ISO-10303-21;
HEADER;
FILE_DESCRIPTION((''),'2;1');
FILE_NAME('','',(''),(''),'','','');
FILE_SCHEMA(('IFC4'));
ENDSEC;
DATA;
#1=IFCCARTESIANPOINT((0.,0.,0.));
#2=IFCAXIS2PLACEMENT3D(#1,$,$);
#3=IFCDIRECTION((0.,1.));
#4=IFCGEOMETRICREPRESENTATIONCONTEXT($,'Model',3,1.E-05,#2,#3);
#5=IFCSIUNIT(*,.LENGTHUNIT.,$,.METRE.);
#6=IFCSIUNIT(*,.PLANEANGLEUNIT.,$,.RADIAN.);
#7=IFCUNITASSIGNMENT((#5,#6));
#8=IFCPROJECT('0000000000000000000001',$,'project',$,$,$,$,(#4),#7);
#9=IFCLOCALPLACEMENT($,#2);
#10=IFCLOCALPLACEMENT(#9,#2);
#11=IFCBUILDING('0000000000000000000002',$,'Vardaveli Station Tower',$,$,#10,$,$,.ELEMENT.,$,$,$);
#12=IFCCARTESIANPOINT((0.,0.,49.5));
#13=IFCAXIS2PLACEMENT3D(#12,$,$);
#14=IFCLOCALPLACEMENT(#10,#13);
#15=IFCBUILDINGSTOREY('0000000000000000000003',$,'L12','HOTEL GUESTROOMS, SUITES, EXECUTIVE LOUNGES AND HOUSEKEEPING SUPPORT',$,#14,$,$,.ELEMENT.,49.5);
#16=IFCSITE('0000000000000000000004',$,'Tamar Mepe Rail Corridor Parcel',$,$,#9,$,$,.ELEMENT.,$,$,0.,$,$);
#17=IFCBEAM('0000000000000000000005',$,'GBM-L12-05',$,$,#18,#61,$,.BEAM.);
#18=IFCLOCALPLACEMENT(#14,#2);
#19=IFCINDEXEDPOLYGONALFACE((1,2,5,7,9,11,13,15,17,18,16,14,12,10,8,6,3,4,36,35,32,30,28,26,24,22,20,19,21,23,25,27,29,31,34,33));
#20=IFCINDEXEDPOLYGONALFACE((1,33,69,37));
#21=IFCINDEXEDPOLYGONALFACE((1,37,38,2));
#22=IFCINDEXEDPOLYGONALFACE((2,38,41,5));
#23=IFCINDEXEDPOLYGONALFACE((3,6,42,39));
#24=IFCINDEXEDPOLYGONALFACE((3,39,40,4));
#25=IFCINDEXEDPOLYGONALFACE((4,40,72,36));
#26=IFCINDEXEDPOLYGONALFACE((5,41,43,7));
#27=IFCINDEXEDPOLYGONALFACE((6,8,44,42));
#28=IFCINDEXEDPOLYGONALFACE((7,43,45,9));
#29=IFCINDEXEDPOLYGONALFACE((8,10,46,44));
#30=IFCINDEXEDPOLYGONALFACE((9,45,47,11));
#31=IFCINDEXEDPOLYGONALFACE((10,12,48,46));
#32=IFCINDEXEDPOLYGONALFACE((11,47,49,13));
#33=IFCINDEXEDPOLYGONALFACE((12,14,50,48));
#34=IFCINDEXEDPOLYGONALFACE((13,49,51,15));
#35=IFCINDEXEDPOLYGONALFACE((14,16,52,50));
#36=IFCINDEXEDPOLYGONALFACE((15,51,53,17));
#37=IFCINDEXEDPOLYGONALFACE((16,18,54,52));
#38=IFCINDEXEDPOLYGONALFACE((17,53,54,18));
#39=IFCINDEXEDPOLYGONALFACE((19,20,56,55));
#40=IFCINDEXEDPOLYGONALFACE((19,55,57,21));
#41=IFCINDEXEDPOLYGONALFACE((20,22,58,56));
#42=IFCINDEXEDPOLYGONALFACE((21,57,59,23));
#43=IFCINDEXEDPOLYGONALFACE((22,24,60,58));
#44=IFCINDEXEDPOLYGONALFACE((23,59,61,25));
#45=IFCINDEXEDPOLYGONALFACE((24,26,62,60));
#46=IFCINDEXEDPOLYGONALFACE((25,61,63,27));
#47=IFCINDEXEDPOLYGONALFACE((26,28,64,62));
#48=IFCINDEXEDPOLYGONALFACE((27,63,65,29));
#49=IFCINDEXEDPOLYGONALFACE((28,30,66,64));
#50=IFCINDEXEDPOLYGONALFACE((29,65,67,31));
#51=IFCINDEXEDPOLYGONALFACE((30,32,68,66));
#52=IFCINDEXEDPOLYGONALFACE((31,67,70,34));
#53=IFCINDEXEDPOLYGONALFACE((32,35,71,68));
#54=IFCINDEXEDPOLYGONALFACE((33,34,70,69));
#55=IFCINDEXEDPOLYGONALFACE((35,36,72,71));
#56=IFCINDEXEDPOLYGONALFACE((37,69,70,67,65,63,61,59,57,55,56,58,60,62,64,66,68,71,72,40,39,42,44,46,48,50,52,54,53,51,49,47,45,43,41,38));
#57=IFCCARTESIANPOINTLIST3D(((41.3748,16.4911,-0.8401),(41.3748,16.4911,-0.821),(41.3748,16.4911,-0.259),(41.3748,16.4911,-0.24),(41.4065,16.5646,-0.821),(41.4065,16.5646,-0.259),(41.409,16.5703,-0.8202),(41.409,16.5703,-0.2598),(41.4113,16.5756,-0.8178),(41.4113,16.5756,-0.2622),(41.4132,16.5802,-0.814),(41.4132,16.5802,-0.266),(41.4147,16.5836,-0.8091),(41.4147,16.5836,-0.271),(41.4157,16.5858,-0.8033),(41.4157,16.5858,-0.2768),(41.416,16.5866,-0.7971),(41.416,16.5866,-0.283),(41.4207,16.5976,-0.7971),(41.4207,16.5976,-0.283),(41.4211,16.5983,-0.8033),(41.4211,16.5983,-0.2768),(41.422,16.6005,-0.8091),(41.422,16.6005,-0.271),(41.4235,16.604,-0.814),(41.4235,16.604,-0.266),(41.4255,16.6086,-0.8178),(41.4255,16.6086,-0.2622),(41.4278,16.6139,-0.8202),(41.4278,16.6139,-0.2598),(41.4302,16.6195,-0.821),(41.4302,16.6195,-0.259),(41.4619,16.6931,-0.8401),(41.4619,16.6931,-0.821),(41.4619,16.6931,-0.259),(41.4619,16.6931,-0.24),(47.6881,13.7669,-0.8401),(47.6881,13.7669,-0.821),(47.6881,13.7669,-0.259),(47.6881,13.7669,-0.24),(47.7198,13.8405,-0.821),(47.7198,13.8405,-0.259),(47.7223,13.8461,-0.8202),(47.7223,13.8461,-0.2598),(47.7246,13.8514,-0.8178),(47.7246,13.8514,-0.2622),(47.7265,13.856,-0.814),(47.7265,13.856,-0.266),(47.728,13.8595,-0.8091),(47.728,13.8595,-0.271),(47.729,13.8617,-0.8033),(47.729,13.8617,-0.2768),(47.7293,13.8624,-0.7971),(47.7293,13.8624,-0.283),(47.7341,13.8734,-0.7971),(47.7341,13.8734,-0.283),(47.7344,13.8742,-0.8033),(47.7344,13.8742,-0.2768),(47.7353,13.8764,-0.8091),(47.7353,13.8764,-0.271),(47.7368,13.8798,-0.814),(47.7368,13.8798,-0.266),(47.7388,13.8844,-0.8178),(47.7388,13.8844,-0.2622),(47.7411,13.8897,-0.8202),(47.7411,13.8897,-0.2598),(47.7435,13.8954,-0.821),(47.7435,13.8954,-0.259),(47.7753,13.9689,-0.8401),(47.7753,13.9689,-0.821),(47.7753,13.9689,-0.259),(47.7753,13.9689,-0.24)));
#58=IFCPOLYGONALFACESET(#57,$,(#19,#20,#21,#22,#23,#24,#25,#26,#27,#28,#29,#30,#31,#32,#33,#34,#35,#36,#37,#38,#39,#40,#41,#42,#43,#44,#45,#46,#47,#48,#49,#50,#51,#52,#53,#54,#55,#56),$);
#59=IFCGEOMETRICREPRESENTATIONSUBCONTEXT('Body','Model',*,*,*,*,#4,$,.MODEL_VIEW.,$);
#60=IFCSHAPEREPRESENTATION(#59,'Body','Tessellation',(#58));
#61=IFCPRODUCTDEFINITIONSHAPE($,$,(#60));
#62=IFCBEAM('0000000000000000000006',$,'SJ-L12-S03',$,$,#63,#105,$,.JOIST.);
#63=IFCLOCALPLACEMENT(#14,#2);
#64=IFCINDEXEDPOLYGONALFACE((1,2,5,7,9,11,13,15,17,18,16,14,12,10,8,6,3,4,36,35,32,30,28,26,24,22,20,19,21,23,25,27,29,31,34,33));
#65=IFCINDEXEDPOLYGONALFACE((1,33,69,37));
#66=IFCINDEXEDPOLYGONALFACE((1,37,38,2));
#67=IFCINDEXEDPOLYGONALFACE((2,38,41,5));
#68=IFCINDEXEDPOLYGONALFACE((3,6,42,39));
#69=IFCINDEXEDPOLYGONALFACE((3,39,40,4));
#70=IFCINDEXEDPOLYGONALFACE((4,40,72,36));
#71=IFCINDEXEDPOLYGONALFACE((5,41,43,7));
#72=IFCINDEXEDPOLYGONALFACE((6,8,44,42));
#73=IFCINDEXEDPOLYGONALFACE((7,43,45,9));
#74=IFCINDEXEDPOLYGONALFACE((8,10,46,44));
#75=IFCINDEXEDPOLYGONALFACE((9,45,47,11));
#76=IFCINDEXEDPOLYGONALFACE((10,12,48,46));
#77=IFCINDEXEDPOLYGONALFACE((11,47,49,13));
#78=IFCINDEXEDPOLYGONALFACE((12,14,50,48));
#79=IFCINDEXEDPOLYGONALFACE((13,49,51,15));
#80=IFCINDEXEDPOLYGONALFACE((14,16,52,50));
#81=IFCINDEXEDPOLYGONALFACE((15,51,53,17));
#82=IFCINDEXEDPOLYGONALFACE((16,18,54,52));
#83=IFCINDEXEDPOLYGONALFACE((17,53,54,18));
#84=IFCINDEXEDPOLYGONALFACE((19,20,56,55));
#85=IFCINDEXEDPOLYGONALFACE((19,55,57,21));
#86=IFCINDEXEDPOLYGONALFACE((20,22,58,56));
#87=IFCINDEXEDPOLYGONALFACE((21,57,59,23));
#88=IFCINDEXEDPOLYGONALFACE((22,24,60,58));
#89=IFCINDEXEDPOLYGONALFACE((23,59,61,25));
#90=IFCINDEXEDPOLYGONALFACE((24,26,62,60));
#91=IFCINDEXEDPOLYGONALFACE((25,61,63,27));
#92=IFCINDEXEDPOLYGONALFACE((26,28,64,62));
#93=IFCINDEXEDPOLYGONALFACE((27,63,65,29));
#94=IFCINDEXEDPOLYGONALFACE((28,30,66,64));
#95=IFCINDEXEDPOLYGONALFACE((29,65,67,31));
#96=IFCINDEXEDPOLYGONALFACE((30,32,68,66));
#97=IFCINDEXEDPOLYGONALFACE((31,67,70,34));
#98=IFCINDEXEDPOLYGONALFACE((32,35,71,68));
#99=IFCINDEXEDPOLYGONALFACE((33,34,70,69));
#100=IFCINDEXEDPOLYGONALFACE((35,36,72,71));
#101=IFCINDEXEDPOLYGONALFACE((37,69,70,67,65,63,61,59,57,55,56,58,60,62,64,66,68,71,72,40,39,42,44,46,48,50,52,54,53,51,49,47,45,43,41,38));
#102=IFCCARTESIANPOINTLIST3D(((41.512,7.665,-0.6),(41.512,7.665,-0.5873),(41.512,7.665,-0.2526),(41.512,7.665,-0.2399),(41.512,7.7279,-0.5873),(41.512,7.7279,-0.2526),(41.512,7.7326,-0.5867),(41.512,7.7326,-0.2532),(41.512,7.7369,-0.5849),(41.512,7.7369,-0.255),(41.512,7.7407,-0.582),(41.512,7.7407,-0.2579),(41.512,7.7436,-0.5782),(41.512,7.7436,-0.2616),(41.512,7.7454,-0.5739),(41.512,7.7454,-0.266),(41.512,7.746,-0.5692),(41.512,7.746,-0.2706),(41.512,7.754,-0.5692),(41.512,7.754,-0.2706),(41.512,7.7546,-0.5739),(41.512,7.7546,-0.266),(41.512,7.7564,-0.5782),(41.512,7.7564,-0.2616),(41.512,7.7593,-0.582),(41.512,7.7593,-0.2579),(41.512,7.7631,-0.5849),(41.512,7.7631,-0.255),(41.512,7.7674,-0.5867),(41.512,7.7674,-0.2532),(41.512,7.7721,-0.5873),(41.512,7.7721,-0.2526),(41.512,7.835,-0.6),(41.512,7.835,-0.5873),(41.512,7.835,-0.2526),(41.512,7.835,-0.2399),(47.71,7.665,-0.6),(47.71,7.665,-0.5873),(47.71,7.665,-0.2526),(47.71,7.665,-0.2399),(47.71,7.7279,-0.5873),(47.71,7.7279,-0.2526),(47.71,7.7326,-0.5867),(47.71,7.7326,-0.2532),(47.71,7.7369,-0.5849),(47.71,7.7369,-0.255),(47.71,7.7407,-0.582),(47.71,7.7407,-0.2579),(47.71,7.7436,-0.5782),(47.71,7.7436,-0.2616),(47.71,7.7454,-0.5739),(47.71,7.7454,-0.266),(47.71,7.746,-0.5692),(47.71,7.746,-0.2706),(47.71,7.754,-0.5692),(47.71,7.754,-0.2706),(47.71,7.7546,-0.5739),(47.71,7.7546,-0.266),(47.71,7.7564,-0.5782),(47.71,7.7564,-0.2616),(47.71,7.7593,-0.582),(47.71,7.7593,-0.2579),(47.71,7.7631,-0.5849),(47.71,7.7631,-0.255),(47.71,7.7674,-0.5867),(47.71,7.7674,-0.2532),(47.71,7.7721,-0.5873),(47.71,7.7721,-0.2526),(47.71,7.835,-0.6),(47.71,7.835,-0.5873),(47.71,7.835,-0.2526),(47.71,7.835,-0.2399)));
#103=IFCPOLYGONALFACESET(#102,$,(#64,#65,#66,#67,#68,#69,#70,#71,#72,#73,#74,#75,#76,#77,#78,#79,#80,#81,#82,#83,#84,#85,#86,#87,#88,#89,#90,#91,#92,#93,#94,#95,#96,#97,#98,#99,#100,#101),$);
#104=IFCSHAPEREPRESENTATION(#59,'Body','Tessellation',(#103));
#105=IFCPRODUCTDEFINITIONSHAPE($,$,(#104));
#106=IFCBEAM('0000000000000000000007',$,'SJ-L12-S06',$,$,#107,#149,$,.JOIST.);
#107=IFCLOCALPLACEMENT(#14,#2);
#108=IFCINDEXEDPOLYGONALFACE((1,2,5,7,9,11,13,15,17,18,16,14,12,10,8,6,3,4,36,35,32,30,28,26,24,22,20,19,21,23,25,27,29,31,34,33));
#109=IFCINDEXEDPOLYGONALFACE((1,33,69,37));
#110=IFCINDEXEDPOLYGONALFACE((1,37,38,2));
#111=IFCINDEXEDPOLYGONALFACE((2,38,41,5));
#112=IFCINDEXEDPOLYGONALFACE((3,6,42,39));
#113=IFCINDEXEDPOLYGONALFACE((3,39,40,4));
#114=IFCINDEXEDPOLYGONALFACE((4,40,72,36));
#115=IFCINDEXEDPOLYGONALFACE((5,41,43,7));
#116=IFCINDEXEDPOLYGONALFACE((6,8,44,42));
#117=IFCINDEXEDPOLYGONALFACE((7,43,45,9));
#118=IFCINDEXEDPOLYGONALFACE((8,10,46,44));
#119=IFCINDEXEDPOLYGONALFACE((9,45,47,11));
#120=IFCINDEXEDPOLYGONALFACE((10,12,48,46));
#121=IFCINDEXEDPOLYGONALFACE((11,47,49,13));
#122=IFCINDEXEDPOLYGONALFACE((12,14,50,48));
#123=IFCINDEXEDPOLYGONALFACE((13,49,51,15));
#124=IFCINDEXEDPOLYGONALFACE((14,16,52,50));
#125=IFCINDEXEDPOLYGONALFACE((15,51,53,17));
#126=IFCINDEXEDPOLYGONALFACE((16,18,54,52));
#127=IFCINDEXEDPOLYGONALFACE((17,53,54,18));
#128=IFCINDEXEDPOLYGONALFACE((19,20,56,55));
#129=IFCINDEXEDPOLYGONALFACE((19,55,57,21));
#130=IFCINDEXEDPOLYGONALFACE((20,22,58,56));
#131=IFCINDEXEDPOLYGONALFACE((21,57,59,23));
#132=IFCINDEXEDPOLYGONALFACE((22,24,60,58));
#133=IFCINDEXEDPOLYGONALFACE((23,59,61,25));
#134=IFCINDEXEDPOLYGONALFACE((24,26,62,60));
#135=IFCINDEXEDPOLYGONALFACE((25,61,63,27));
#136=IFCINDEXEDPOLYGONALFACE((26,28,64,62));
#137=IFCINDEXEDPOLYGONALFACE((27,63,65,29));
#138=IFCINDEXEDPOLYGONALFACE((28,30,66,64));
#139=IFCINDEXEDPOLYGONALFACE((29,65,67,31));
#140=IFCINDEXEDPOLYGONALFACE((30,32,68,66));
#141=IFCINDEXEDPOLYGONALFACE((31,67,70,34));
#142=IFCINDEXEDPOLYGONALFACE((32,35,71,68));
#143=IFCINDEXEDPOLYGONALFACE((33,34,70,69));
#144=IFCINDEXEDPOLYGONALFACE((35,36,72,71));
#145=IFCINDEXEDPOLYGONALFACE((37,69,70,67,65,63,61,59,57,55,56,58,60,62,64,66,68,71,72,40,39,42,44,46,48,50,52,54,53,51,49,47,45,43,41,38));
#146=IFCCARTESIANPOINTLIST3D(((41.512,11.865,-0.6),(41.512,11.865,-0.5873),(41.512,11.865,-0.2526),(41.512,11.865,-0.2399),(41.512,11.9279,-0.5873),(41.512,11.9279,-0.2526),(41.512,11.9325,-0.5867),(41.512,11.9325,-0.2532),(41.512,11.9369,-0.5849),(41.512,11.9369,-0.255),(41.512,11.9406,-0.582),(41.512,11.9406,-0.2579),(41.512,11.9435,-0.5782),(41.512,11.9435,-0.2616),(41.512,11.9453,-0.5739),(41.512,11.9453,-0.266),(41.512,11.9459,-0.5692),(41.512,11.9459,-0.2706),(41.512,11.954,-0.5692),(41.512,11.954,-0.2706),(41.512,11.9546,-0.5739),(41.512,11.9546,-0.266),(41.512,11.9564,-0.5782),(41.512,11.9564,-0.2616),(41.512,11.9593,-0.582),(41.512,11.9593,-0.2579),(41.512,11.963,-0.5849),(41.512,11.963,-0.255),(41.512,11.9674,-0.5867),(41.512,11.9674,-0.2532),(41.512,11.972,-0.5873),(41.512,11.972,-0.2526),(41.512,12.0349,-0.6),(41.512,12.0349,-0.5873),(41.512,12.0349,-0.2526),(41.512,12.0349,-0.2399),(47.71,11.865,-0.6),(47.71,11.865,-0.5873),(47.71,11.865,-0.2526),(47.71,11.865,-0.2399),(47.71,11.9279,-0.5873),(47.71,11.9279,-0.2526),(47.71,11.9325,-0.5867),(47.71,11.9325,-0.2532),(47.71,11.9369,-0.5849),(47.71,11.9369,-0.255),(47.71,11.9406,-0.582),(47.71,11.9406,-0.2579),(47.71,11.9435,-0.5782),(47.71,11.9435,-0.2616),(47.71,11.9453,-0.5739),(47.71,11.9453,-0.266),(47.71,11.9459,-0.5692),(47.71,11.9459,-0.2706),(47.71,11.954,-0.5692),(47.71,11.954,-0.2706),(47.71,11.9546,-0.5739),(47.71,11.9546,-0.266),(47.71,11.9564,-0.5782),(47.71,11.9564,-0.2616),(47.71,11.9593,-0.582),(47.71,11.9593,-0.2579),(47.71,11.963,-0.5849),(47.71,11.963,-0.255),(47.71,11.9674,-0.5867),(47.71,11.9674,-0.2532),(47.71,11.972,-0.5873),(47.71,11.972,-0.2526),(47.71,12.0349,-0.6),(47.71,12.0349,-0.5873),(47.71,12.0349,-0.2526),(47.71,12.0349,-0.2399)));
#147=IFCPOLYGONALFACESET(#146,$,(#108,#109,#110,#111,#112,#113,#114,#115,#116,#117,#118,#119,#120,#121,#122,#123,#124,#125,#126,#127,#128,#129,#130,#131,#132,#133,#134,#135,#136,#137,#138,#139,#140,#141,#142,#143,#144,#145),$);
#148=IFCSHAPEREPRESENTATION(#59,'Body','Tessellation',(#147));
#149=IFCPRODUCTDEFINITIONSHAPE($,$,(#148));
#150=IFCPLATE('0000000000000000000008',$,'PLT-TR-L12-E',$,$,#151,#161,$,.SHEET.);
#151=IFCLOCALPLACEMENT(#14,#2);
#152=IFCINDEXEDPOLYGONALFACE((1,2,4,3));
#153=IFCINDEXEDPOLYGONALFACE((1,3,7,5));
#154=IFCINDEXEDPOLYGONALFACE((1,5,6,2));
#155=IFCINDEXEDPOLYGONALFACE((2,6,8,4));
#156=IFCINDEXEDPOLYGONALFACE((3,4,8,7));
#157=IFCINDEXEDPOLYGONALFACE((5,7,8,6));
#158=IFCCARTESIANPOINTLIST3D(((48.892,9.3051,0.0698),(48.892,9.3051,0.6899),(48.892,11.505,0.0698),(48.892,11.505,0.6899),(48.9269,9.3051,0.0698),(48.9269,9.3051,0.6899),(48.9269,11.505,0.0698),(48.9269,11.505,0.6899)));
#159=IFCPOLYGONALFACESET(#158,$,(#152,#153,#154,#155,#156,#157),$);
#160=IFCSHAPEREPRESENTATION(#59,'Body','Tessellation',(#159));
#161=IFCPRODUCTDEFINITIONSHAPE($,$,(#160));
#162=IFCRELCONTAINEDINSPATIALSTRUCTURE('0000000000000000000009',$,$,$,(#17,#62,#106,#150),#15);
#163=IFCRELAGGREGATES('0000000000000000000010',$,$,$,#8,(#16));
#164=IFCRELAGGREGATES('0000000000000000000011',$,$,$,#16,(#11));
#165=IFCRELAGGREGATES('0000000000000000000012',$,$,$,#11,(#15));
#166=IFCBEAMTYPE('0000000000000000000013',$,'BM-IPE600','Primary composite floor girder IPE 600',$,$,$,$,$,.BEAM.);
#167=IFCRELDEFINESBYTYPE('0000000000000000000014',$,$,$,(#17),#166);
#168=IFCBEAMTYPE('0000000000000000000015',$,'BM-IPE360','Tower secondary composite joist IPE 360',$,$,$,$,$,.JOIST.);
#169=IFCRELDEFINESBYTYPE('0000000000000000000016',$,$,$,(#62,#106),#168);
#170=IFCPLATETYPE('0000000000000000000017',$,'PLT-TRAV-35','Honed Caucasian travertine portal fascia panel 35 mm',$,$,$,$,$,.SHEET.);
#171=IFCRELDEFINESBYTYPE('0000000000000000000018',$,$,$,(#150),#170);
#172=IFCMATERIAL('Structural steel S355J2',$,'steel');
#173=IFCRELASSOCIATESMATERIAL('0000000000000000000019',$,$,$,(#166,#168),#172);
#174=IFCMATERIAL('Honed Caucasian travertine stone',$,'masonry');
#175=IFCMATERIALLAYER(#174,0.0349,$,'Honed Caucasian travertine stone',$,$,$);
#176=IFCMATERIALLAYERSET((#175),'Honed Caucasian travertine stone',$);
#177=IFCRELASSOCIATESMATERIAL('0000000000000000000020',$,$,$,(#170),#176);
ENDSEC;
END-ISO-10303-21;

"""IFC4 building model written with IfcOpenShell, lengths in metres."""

from ifc_helpers import new_model, si_unit, direction, frame, origin, origin_2d, place, context, subcontext, project, spatial, rectangle, i_section, extrude, source, transform, mapped, material, layer, layer_set, material_profile, profile_set, type_object, element, save


model = new_model("IFC4")

# Units and contexts
model_context = context("Model", 3, precision=1e-05, world=origin(), true_north=direction((0.0, 1.0)))
body_context = subcontext(model_context, "Body", "Model", "MODEL_VIEW")
ifc_project = project(units=[si_unit("LENGTHUNIT", "METRE"), si_unit("PLANEANGLEUNIT", "RADIAN")], contexts=[model_context])

# Site, building, storey
site_placement = place(None, origin())
site = spatial("IfcSite", under=ifc_project, at=site_placement, Name="Tamar Mepe Rail Corridor Parcel", CompositionType="ELEMENT", RefElevation=0.0)
building_placement = place(site_placement, origin())
building = spatial("IfcBuilding", under=site, at=building_placement, Name="Vardaveli Station Tower", CompositionType="ELEMENT")
storey_placement = place(building_placement, frame((0.0, 0.0, 49.5)))
storey = spatial("IfcBuildingStorey", under=building, at=storey_placement, Name="L12", Description="HOTEL GUESTROOMS, SUITES, EXECUTIVE LOUNGES AND HOUSEKEEPING SUPPORT", CompositionType="ELEMENT", Elevation=49.5)

# Beams
ifc_material_1 = material(Name="Structural steel S355J2", Category="steel")
ifc_material_profile_1 = material_profile(ifc_material_1, i_section(OverallWidth=0.22, OverallDepth=0.6001, WebThickness=0.012, FlangeThickness=0.019, FilletRadius=0.0239, at=origin_2d()), Name="IPE 600")
ifc_profile_set_1 = profile_set([ifc_material_profile_1], Name="Structural steel S355J2")
beam_type_1 = type_object("IfcBeamType", Name="BM-IPE600", Description="Primary composite floor girder IPE 600", PredefinedType="BEAM", material=ifc_profile_set_1)
shared_shape_1 = source(origin(), body_context, "Body", "SweptSolid", [
    extrude(i_section(OverallWidth=0.22, OverallDepth=0.6001, WebThickness=0.012, FlangeThickness=0.019, FilletRadius=0.0239, at=origin_2d()), origin(), (0.0, 0.0, 1.0), 6.876),
])
beam_1_placement = place(storey_placement, frame((47.7317, 13.8679, -0.54), z_axis=(-0.918171, 0.396185, 0.0), x_axis=(-0.396185, -0.918171, 0.0)))
element("IfcBeam", 1, at=beam_1_placement, inside=storey, type_object=beam_type_1, Name="GBM-L12-05", PredefinedType="BEAM", context=body_context, shape_type="MappedRepresentation", body=[
    mapped(shared_shape_1, transform((0.0, 0.0, 0.0), scale=1.0)),
])
ifc_material_profile_2 = material_profile(ifc_material_1, i_section(OverallWidth=0.1699, OverallDepth=0.3601, WebThickness=0.0081, FlangeThickness=0.0127, FilletRadius=0.0181, at=origin_2d()), Name="IPE 360")
ifc_profile_set_2 = profile_set([ifc_material_profile_2], Name="Structural steel S355J2")
beam_type_2 = type_object("IfcBeamType", Name="BM-IPE360", Description="Tower secondary composite joist IPE 360", PredefinedType="JOIST", material=ifc_profile_set_2)
shared_shape_2 = source(origin(), body_context, "Body", "SweptSolid", [
    extrude(i_section(OverallWidth=0.1699, OverallDepth=0.3601, WebThickness=0.0081, FlangeThickness=0.0127, FilletRadius=0.0181, at=origin_2d()), origin(), (0.0, 0.0, 1.0), 6.198),
])
for number, where, z_axis, x_axis, name in (
    (2, (41.512, 7.75, -0.4199), (1.0, 0.0, 0.0), (0.0, 1.0, 0.0), "SJ-L12-S03"),
    (3, (41.512, 11.95, -0.4199), (1.0, 0.0, 0.0), (0.0, 1.0, 0.0), "SJ-L12-S06"),
):
    element("IfcBeam", number, at=place(storey_placement, frame(where, z_axis=z_axis, x_axis=x_axis)), inside=storey, type_object=beam_type_2, Name=name, PredefinedType="JOIST", context=body_context, shape_type="MappedRepresentation", body=[
        mapped(shared_shape_2, transform((0.0, 0.0, 0.0), scale=1.0)),
    ])

# Plate
ifc_material_2 = material(Name="Honed Caucasian travertine stone", Category="masonry")
ifc_layer_1 = layer(ifc_material_2, 0.0349, Name="Honed Caucasian travertine stone")
ifc_layer_set_1 = layer_set([ifc_layer_1], Name="Honed Caucasian travertine stone")
plate_type = type_object("IfcPlateType", Name="PLT-TRAV-35", Description="Honed Caucasian travertine portal fascia panel 35 mm", PredefinedType="SHEET", material=ifc_layer_set_1)
shared_shape_3 = source(origin(), body_context, "Body", "SweptSolid", [
    extrude(rectangle(XDim=2.2, YDim=0.0349, at=origin_2d()), origin(), (0.0, 0.0, 1.0), 0.6201),
])
plate_placement = place(storey_placement, frame((48.9094, 10.405, 0.0698), z_axis=(0.0, 0.0, 1.0), x_axis=(0.0, 1.0, 0.0)))
element("IfcPlate", 4, at=plate_placement, inside=storey, type_object=plate_type, Name="PLT-TR-L12-E", PredefinedType="SHEET", context=body_context, shape_type="MappedRepresentation", body=[
    mapped(shared_shape_3, transform((0.0, 0.0, 0.0), scale=1.0)),
])

save(model, "model.ifc")
